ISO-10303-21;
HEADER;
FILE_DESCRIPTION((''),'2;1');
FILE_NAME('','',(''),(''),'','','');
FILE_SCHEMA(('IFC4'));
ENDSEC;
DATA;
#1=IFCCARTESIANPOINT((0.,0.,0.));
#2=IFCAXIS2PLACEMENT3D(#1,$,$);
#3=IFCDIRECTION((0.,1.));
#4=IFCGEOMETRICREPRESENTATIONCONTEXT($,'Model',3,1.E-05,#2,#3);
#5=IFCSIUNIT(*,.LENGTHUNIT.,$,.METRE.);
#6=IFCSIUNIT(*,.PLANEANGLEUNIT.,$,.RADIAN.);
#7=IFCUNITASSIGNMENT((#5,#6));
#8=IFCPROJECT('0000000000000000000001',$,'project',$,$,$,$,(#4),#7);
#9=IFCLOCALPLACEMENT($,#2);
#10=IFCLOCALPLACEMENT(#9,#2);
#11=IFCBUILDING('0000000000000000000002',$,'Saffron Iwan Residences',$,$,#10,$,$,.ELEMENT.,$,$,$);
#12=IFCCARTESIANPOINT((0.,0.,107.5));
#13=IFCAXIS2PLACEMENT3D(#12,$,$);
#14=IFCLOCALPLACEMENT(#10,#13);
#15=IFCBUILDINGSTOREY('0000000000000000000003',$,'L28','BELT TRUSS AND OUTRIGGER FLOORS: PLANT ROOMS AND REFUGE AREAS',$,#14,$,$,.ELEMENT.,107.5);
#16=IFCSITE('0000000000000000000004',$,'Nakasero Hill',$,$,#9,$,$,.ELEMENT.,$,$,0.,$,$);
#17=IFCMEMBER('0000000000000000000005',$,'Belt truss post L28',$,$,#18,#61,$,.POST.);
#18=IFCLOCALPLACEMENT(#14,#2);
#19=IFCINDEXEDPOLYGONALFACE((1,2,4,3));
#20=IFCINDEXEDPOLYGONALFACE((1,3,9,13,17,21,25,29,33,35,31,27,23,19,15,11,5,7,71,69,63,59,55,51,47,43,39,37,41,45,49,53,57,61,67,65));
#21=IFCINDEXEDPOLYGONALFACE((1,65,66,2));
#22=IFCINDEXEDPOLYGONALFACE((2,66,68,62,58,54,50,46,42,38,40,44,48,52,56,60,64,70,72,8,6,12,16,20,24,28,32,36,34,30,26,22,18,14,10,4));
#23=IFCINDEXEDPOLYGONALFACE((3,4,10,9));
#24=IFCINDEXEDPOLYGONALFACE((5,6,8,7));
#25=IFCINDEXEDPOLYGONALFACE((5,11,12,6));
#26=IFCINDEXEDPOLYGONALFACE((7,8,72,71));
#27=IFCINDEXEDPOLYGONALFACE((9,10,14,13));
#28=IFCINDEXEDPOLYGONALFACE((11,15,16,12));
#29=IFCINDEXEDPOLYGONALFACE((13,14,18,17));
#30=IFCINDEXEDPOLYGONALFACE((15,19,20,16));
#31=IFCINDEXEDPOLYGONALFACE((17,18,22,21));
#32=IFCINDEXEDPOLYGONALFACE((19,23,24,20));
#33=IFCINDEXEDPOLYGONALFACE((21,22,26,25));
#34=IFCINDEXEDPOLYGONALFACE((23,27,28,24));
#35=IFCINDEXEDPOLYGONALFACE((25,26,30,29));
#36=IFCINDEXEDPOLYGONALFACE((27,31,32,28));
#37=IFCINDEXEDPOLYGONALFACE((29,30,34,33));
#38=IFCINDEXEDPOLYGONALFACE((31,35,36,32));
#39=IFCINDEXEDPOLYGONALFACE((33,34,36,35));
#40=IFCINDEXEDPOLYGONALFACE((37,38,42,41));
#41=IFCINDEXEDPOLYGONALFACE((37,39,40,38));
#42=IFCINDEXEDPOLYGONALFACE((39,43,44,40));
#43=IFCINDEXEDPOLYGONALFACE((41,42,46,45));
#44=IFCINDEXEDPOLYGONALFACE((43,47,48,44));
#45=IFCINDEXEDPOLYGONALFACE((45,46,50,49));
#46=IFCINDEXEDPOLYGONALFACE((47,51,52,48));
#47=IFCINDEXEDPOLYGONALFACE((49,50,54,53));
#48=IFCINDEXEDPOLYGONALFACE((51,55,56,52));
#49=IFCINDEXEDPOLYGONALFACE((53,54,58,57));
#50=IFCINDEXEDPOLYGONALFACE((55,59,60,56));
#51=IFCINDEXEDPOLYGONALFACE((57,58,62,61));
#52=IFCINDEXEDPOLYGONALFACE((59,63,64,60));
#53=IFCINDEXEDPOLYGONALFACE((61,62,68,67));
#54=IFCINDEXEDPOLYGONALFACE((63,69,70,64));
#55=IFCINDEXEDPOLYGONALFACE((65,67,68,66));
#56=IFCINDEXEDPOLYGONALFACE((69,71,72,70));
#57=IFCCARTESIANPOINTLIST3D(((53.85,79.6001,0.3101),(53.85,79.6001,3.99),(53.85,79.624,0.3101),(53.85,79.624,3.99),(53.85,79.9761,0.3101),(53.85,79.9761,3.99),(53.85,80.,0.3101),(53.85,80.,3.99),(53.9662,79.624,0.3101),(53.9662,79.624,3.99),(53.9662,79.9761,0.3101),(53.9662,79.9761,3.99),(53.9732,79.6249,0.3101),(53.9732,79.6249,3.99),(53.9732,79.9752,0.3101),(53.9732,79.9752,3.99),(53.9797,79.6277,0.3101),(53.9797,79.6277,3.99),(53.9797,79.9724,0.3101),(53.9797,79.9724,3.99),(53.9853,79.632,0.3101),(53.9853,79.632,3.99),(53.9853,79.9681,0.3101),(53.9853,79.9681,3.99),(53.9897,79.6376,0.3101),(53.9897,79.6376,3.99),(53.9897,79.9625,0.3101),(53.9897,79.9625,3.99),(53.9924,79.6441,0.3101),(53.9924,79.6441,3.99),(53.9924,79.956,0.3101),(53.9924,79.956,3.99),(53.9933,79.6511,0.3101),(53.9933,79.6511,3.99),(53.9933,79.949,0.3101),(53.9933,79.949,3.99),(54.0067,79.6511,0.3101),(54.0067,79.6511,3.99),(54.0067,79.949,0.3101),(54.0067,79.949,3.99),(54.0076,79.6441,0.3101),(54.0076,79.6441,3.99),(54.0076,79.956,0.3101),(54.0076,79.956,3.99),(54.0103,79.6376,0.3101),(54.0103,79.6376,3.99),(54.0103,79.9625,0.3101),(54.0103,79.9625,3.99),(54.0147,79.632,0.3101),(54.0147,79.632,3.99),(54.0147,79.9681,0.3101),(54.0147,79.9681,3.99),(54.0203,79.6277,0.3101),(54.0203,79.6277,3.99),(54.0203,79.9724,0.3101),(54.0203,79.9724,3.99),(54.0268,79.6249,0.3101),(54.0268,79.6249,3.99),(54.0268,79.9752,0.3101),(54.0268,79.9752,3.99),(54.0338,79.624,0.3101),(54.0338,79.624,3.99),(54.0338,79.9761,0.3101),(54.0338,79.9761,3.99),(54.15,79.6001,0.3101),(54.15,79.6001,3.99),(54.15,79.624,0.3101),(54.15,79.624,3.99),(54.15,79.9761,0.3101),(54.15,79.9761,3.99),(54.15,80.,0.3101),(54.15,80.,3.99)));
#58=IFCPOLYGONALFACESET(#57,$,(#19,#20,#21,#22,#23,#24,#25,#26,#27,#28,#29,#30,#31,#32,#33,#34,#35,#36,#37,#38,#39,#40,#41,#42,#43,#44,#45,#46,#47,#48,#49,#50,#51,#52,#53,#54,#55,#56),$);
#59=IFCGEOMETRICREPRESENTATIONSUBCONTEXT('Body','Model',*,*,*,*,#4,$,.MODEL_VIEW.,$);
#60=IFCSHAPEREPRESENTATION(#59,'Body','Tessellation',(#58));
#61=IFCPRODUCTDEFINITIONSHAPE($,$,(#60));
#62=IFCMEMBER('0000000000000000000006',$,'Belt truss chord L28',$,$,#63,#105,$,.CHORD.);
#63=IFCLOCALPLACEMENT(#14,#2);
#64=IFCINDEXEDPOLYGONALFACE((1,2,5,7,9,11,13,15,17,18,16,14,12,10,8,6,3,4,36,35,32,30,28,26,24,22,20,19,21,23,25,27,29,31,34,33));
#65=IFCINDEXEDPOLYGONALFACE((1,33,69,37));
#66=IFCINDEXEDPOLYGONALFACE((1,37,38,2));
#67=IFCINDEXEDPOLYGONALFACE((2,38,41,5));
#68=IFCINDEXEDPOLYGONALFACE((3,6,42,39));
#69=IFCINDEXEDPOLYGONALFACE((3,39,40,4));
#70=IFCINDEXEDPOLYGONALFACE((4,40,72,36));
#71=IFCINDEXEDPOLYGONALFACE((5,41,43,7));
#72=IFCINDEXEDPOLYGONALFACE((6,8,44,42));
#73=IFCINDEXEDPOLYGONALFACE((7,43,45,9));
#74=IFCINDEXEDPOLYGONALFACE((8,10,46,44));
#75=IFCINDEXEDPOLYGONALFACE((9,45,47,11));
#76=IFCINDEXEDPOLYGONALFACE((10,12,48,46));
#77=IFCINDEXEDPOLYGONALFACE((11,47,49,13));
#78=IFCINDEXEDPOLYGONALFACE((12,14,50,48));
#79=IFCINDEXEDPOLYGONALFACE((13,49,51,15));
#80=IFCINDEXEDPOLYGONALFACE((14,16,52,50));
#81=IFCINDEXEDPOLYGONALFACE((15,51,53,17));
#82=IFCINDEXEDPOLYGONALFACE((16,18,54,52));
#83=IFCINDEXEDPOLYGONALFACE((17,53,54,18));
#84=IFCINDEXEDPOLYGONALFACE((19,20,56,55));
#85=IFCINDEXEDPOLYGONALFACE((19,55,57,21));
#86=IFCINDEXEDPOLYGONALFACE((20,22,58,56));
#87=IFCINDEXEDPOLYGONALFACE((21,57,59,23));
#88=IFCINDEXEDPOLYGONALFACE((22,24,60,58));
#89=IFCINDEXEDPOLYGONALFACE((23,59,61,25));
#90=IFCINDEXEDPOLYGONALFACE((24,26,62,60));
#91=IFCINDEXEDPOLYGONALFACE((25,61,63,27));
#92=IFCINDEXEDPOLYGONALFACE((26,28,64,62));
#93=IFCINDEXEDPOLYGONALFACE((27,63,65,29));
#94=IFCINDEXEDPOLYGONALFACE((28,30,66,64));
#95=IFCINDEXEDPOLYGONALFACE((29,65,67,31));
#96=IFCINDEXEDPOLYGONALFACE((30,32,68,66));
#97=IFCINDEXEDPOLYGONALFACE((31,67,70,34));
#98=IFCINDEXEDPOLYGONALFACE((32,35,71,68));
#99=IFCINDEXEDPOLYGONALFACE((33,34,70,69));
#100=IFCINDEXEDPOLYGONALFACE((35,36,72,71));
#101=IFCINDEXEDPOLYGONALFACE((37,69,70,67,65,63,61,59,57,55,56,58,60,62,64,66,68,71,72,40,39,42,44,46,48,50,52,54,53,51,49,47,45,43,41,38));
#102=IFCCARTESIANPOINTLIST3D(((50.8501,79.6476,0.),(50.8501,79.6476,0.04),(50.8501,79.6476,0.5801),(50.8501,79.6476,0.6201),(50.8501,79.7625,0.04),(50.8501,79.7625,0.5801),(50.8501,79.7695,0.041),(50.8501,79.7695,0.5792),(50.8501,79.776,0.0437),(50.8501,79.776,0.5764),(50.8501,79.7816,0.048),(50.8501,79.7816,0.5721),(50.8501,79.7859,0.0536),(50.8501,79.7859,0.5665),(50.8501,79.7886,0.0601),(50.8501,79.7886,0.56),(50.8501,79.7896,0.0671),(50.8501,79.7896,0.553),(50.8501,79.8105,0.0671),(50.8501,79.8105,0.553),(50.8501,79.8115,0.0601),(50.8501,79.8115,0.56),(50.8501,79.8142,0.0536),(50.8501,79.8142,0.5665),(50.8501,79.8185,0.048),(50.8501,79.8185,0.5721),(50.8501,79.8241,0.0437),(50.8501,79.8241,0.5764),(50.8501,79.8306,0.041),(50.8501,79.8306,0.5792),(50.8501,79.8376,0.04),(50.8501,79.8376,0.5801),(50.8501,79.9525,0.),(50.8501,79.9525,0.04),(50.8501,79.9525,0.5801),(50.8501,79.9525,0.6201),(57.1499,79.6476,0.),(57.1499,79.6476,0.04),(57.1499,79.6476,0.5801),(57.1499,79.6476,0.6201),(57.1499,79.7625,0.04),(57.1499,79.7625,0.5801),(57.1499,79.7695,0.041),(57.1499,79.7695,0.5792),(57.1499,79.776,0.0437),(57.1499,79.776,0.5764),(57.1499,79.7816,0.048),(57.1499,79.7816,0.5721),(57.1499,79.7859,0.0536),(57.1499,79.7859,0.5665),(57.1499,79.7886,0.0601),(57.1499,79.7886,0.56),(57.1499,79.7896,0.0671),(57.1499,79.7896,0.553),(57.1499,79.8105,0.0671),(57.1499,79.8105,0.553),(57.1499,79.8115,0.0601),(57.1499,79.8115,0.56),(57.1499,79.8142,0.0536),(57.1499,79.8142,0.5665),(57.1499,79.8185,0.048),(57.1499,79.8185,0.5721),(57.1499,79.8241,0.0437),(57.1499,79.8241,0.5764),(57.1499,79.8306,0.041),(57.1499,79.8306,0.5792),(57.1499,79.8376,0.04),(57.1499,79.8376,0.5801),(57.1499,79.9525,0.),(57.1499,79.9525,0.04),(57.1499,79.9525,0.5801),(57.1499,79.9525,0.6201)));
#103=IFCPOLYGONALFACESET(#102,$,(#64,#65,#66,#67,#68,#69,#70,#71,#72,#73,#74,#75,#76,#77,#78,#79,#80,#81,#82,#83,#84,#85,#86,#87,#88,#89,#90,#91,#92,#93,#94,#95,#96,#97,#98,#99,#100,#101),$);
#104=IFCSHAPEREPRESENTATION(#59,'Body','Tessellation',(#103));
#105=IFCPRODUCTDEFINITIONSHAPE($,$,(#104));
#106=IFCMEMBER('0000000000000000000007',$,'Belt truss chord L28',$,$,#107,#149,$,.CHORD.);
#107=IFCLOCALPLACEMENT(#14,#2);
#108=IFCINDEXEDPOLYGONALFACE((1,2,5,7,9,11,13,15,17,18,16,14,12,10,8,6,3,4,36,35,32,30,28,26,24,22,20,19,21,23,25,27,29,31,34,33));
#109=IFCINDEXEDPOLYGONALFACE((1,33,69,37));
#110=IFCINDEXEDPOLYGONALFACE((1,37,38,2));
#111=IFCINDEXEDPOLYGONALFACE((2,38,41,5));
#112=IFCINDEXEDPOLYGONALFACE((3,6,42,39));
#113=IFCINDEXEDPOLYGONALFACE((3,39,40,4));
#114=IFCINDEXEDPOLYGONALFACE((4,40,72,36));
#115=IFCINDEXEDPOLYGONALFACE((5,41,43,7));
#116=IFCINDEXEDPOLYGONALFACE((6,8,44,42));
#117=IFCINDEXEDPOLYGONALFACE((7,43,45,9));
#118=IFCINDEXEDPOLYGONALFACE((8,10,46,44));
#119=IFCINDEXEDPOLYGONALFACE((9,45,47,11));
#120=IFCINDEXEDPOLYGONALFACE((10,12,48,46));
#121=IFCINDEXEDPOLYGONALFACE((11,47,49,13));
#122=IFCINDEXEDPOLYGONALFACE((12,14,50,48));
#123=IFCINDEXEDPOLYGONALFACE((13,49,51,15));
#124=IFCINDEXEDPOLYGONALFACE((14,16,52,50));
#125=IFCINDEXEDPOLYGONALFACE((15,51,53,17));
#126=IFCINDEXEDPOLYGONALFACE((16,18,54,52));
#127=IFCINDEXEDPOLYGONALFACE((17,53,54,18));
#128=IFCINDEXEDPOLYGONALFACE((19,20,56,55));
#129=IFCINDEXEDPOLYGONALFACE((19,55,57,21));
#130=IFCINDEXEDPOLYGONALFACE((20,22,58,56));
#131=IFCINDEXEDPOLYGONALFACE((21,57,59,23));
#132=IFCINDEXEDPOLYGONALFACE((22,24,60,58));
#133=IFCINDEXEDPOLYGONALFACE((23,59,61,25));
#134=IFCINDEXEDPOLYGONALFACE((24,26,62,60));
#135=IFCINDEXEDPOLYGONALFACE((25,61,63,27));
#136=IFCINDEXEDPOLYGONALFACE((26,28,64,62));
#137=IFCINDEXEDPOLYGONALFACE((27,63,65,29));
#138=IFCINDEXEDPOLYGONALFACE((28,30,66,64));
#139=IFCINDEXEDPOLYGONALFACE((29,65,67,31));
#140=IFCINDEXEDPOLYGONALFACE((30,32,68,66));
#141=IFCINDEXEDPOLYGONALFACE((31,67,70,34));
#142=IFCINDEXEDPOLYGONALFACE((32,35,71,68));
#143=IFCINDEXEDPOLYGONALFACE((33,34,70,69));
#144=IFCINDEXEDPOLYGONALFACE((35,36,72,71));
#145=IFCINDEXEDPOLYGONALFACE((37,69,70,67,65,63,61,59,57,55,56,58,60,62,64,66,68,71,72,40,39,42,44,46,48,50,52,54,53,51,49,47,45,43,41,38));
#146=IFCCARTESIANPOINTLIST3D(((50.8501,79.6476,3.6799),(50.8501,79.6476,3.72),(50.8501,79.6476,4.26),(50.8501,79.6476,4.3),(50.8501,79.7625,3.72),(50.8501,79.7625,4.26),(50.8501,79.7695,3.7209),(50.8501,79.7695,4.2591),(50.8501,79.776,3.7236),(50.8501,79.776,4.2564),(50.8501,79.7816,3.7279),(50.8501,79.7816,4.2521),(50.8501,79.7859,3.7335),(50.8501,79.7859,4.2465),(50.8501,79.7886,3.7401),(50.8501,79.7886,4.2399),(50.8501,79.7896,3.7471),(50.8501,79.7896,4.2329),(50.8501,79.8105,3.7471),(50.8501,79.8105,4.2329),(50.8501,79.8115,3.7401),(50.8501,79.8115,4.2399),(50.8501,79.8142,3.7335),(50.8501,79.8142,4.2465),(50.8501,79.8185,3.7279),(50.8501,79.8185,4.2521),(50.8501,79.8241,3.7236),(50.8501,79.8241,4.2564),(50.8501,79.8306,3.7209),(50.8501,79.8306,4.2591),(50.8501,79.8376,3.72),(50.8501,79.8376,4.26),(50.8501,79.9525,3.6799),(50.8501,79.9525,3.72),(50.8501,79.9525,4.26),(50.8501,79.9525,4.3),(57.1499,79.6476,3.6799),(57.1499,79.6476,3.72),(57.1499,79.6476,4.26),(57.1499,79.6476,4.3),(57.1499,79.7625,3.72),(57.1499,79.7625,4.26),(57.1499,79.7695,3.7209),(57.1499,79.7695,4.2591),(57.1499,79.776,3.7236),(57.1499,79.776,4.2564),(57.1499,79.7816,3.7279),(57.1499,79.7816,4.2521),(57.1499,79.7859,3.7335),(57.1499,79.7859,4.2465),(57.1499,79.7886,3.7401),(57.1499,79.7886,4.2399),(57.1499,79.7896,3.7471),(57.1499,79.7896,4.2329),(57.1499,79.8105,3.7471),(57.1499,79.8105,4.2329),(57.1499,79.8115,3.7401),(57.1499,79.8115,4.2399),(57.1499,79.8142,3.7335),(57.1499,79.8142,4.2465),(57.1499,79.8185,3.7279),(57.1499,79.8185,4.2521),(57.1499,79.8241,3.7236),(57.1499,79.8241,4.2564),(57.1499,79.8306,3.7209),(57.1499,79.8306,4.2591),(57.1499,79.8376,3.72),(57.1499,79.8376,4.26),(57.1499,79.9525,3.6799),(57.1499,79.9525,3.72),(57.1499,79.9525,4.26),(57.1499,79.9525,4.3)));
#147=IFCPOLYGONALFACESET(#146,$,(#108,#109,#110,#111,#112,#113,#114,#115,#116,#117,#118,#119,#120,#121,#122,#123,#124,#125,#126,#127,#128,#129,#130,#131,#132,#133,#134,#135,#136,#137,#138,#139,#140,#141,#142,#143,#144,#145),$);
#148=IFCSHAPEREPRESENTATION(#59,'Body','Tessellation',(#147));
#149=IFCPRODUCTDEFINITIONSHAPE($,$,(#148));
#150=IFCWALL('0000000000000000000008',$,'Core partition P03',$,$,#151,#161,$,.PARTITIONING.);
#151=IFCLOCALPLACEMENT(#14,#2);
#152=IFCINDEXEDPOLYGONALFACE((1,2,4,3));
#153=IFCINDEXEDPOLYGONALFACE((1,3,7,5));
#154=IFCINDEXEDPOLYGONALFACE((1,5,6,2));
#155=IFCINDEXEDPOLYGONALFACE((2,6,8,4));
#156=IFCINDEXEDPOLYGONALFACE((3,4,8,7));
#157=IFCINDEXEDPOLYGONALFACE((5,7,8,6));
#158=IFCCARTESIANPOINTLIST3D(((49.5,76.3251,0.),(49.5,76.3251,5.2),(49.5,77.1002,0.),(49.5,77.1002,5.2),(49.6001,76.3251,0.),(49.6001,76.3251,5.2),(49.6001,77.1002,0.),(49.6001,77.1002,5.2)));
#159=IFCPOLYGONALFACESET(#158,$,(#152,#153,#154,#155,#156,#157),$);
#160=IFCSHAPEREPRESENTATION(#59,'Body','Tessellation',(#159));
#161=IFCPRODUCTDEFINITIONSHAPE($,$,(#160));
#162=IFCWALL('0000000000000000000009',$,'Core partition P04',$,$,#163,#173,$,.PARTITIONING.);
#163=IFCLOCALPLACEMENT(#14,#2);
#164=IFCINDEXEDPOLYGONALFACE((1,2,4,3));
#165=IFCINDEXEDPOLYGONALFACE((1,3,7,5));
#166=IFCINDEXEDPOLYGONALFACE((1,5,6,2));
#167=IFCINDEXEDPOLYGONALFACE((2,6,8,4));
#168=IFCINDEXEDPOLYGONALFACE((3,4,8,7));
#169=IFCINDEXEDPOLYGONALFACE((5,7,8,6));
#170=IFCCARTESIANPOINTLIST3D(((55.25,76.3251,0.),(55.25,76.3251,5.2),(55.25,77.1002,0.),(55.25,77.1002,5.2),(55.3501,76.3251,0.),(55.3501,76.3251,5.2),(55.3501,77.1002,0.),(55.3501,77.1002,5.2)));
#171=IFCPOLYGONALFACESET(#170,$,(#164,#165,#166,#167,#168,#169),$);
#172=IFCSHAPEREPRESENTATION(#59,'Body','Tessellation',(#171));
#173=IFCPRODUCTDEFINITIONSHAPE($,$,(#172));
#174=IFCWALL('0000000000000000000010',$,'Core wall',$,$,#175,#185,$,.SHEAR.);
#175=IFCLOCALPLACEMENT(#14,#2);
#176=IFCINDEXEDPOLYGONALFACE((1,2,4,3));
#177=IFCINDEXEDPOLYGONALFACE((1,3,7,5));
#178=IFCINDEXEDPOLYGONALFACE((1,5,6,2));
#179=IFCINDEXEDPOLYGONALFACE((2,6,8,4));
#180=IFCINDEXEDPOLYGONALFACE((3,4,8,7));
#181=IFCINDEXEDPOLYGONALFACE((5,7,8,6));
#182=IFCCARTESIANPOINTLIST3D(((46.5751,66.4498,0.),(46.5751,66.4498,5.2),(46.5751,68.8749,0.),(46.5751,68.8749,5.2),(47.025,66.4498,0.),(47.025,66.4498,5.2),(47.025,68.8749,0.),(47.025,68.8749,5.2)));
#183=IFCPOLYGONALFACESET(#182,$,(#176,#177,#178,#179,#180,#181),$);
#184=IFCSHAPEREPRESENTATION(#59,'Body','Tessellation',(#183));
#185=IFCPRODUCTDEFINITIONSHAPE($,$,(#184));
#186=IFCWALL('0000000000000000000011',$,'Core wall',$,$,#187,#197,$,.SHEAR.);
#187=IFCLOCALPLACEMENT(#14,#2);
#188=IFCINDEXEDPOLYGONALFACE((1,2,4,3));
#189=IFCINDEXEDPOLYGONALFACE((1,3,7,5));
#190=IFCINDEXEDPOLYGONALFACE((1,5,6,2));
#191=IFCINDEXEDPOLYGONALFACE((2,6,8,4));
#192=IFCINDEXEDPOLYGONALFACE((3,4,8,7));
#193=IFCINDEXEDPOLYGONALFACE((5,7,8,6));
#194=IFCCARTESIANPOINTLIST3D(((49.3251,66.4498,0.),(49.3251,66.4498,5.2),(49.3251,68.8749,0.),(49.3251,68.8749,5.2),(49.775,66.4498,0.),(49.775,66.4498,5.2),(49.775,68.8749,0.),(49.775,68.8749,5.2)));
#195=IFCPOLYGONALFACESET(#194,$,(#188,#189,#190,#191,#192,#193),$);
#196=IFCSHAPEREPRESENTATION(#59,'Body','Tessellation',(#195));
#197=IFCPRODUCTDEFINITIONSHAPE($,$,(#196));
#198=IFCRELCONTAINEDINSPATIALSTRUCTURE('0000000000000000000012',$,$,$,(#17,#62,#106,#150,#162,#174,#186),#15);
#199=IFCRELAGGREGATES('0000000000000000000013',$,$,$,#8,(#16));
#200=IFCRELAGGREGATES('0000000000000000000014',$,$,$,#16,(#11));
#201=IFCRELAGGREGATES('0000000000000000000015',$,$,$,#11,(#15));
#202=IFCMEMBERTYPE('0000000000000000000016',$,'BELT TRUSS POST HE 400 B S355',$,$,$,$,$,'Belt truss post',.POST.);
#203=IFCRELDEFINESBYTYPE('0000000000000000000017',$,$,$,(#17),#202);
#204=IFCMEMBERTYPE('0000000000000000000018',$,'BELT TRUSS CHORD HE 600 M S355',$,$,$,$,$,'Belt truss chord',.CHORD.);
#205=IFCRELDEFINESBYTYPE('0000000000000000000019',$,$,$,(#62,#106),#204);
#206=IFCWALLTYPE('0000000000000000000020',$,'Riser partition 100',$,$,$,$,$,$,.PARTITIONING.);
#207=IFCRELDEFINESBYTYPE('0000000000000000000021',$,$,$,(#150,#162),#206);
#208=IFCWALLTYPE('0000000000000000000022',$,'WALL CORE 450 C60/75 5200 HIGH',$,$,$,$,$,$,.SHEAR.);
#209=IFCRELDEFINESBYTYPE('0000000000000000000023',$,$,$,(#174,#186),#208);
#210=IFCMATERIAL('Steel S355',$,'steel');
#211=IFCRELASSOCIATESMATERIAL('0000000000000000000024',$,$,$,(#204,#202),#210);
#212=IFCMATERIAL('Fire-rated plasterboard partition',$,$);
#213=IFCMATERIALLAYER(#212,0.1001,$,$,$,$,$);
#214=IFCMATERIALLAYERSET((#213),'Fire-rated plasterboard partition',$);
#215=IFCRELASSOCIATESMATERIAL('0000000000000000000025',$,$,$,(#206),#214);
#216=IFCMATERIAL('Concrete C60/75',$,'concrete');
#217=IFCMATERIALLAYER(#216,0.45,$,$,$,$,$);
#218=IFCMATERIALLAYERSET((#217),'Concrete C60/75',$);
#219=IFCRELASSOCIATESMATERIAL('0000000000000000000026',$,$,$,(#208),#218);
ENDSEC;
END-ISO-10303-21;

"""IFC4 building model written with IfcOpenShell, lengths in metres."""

from ifc_helpers import new_model, si_unit, direction, frame, frame_2d, origin, origin_2d, place, context, subcontext, project, spatial, rectangle, i_section, extrude, source, transform, mapped, material, layer, layer_set, material_profile, profile_set, type_object, element, save


model = new_model("IFC4")

# Units and contexts
model_context = context("Model", 3, precision=1e-05, world=origin(), true_north=direction((0.0, 1.0)))
body_context = subcontext(model_context, "Body", "Model", "MODEL_VIEW")
ifc_project = project(units=[si_unit("LENGTHUNIT", "METRE"), si_unit("PLANEANGLEUNIT", "RADIAN")], contexts=[model_context])

# Site, building, storey
site_placement = place(None, origin())
site = spatial("IfcSite", under=ifc_project, at=site_placement, Name="Nakasero Hill", CompositionType="ELEMENT", RefElevation=0.0)
building_placement = place(site_placement, origin())
building = spatial("IfcBuilding", under=site, at=building_placement, Name="Saffron Iwan Residences", CompositionType="ELEMENT")
storey_placement = place(building_placement, frame((0.0, 0.0, 107.5)))
storey = spatial("IfcBuildingStorey", under=building, at=storey_placement, Name="L28", Description="BELT TRUSS AND OUTRIGGER FLOORS: PLANT ROOMS AND REFUGE AREAS", CompositionType="ELEMENT", Elevation=107.5)

# Shared definitions
ifc_material_1 = material(Name="Concrete C60/75", Category="concrete")

# Members
ifc_material_2 = material(Name="Steel S355", Category="steel")
ifc_material_profile_1 = material_profile(ifc_material_2, i_section(OverallWidth=0.3049, OverallDepth=0.6201, WebThickness=0.021, FlangeThickness=0.04, FilletRadius=0.0271, at=origin_2d()), Name="HE 600 M")
ifc_profile_set_1 = profile_set([ifc_material_profile_1], Name="Steel S355")
member_type_1 = type_object("IfcMemberType", Name="BELT TRUSS CHORD HE 600 M S355", ElementType="Belt truss chord", PredefinedType="CHORD", material=ifc_profile_set_1)
ifc_material_profile_2 = material_profile(ifc_material_2, i_section(OverallWidth=0.3, OverallDepth=0.3999, WebThickness=0.0134, FlangeThickness=0.0239, FilletRadius=0.0271, at=origin_2d()), Name="HE 400 B")
ifc_profile_set_2 = profile_set([ifc_material_profile_2], Name="Steel S355")
member_type_2 = type_object("IfcMemberType", Name="BELT TRUSS POST HE 400 B S355", ElementType="Belt truss post", PredefinedType="POST", material=ifc_profile_set_2)
shared_shape_1 = source(origin(), body_context, "Body", "SweptSolid", [
    extrude(i_section(OverallWidth=0.3, OverallDepth=0.3999, WebThickness=0.0134, FlangeThickness=0.0239, FilletRadius=0.0271, at=origin_2d()), origin(), (0.0, 0.0, 1.0), 3.6799),
])
for number, where, z_axis, x_axis, name in (
    (1, (54.0, 79.8, 0.3101), (0.0, 0.0, 1.0), (1.0, 0.0, 0.0), "Belt truss post L28"),
):
    element("IfcMember", number, at=place(storey_placement, frame(where, z_axis=z_axis, x_axis=x_axis)), inside=storey, type_object=member_type_2, Name=name, PredefinedType="POST", context=body_context, shape_type="MappedRepresentation", body=[
        mapped(shared_shape_1, transform((0.0, 0.0, 0.0))),
    ])
shared_shape_2 = source(origin(), body_context, "Body", "SweptSolid", [
    extrude(i_section(OverallWidth=0.3049, OverallDepth=0.6201, WebThickness=0.021, FlangeThickness=0.04, FilletRadius=0.0271, at=origin_2d()), origin(), (0.0, 0.0, 1.0), 6.2998),
])
for number, where, z_axis, x_axis, name in (
    (2, (50.8501, 79.8, 0.3101), (1.0, 0.0, 0.0), (0.0, 1.0, 0.0), "Belt truss chord L28"),
    (3, (50.8501, 79.8, 3.99), (1.0, 0.0, 0.0), (0.0, 1.0, 0.0), "Belt truss chord L28"),
):
    element("IfcMember", number, at=place(storey_placement, frame(where, z_axis=z_axis, x_axis=x_axis)), inside=storey, type_object=member_type_1, Name=name, PredefinedType="CHORD", context=body_context, shape_type="MappedRepresentation", body=[
        mapped(shared_shape_2, transform((0.0, 0.0, 0.0))),
    ])

# Walls
ifc_material_3 = material(Name="Fire-rated plasterboard partition")
ifc_layer_1 = layer(ifc_material_3, 0.1001)
ifc_layer_set_1 = layer_set([ifc_layer_1], Name="Fire-rated plasterboard partition")
wall_type_1 = type_object("IfcWallType", Name="Riser partition 100", PredefinedType="PARTITIONING", material=ifc_layer_set_1)
for number, where, z_axis, x_axis, name in (
    (4, (49.55, 76.325, 0.0), (0.0, 0.0, 1.0), (0.0, 1.0, 0.0), "Core partition P03"),
    (5, (55.3, 76.325, 0.0), (0.0, 0.0, 1.0), (0.0, 1.0, 0.0), "Core partition P04"),
):
    element("IfcWall", number, at=place(storey_placement, frame(where, z_axis=z_axis, x_axis=x_axis)), inside=storey, type_object=wall_type_1, Name=name, PredefinedType="PARTITIONING", context=body_context, shape_type="SweptSolid", body=[
        extrude(rectangle(XDim=0.7751, YDim=0.1001, at=frame_2d((0.3877, 0.0))), origin(), (0.0, 0.0, 1.0), 5.2),
    ])
ifc_layer_2 = layer(ifc_material_1, 0.45)
ifc_layer_set_2 = layer_set([ifc_layer_2], Name="Concrete C60/75")
wall_type_2 = type_object("IfcWallType", Name="WALL CORE 450 C60/75 5200 HIGH", PredefinedType="SHEAR", material=ifc_layer_set_2)
for number, where, z_axis, x_axis, name in (
    (6, (46.8, 66.45, 0.0), (0.0, 0.0, 1.0), (0.0, 1.0, 0.0), "Core wall"),
    (7, (49.55, 66.45, 0.0), (0.0, 0.0, 1.0), (0.0, 1.0, 0.0), "Core wall"),
):
    element("IfcWall", number, at=place(storey_placement, frame(where, z_axis=z_axis, x_axis=x_axis)), inside=storey, type_object=wall_type_2, Name=name, PredefinedType="SHEAR", context=body_context, shape_type="SweptSolid", body=[
        extrude(rectangle(XDim=2.425, YDim=0.45, at=frame_2d((1.2124, 0.0))), origin(), (0.0, 0.0, 1.0), 5.2),
    ])

save(model, "model.ifc")
